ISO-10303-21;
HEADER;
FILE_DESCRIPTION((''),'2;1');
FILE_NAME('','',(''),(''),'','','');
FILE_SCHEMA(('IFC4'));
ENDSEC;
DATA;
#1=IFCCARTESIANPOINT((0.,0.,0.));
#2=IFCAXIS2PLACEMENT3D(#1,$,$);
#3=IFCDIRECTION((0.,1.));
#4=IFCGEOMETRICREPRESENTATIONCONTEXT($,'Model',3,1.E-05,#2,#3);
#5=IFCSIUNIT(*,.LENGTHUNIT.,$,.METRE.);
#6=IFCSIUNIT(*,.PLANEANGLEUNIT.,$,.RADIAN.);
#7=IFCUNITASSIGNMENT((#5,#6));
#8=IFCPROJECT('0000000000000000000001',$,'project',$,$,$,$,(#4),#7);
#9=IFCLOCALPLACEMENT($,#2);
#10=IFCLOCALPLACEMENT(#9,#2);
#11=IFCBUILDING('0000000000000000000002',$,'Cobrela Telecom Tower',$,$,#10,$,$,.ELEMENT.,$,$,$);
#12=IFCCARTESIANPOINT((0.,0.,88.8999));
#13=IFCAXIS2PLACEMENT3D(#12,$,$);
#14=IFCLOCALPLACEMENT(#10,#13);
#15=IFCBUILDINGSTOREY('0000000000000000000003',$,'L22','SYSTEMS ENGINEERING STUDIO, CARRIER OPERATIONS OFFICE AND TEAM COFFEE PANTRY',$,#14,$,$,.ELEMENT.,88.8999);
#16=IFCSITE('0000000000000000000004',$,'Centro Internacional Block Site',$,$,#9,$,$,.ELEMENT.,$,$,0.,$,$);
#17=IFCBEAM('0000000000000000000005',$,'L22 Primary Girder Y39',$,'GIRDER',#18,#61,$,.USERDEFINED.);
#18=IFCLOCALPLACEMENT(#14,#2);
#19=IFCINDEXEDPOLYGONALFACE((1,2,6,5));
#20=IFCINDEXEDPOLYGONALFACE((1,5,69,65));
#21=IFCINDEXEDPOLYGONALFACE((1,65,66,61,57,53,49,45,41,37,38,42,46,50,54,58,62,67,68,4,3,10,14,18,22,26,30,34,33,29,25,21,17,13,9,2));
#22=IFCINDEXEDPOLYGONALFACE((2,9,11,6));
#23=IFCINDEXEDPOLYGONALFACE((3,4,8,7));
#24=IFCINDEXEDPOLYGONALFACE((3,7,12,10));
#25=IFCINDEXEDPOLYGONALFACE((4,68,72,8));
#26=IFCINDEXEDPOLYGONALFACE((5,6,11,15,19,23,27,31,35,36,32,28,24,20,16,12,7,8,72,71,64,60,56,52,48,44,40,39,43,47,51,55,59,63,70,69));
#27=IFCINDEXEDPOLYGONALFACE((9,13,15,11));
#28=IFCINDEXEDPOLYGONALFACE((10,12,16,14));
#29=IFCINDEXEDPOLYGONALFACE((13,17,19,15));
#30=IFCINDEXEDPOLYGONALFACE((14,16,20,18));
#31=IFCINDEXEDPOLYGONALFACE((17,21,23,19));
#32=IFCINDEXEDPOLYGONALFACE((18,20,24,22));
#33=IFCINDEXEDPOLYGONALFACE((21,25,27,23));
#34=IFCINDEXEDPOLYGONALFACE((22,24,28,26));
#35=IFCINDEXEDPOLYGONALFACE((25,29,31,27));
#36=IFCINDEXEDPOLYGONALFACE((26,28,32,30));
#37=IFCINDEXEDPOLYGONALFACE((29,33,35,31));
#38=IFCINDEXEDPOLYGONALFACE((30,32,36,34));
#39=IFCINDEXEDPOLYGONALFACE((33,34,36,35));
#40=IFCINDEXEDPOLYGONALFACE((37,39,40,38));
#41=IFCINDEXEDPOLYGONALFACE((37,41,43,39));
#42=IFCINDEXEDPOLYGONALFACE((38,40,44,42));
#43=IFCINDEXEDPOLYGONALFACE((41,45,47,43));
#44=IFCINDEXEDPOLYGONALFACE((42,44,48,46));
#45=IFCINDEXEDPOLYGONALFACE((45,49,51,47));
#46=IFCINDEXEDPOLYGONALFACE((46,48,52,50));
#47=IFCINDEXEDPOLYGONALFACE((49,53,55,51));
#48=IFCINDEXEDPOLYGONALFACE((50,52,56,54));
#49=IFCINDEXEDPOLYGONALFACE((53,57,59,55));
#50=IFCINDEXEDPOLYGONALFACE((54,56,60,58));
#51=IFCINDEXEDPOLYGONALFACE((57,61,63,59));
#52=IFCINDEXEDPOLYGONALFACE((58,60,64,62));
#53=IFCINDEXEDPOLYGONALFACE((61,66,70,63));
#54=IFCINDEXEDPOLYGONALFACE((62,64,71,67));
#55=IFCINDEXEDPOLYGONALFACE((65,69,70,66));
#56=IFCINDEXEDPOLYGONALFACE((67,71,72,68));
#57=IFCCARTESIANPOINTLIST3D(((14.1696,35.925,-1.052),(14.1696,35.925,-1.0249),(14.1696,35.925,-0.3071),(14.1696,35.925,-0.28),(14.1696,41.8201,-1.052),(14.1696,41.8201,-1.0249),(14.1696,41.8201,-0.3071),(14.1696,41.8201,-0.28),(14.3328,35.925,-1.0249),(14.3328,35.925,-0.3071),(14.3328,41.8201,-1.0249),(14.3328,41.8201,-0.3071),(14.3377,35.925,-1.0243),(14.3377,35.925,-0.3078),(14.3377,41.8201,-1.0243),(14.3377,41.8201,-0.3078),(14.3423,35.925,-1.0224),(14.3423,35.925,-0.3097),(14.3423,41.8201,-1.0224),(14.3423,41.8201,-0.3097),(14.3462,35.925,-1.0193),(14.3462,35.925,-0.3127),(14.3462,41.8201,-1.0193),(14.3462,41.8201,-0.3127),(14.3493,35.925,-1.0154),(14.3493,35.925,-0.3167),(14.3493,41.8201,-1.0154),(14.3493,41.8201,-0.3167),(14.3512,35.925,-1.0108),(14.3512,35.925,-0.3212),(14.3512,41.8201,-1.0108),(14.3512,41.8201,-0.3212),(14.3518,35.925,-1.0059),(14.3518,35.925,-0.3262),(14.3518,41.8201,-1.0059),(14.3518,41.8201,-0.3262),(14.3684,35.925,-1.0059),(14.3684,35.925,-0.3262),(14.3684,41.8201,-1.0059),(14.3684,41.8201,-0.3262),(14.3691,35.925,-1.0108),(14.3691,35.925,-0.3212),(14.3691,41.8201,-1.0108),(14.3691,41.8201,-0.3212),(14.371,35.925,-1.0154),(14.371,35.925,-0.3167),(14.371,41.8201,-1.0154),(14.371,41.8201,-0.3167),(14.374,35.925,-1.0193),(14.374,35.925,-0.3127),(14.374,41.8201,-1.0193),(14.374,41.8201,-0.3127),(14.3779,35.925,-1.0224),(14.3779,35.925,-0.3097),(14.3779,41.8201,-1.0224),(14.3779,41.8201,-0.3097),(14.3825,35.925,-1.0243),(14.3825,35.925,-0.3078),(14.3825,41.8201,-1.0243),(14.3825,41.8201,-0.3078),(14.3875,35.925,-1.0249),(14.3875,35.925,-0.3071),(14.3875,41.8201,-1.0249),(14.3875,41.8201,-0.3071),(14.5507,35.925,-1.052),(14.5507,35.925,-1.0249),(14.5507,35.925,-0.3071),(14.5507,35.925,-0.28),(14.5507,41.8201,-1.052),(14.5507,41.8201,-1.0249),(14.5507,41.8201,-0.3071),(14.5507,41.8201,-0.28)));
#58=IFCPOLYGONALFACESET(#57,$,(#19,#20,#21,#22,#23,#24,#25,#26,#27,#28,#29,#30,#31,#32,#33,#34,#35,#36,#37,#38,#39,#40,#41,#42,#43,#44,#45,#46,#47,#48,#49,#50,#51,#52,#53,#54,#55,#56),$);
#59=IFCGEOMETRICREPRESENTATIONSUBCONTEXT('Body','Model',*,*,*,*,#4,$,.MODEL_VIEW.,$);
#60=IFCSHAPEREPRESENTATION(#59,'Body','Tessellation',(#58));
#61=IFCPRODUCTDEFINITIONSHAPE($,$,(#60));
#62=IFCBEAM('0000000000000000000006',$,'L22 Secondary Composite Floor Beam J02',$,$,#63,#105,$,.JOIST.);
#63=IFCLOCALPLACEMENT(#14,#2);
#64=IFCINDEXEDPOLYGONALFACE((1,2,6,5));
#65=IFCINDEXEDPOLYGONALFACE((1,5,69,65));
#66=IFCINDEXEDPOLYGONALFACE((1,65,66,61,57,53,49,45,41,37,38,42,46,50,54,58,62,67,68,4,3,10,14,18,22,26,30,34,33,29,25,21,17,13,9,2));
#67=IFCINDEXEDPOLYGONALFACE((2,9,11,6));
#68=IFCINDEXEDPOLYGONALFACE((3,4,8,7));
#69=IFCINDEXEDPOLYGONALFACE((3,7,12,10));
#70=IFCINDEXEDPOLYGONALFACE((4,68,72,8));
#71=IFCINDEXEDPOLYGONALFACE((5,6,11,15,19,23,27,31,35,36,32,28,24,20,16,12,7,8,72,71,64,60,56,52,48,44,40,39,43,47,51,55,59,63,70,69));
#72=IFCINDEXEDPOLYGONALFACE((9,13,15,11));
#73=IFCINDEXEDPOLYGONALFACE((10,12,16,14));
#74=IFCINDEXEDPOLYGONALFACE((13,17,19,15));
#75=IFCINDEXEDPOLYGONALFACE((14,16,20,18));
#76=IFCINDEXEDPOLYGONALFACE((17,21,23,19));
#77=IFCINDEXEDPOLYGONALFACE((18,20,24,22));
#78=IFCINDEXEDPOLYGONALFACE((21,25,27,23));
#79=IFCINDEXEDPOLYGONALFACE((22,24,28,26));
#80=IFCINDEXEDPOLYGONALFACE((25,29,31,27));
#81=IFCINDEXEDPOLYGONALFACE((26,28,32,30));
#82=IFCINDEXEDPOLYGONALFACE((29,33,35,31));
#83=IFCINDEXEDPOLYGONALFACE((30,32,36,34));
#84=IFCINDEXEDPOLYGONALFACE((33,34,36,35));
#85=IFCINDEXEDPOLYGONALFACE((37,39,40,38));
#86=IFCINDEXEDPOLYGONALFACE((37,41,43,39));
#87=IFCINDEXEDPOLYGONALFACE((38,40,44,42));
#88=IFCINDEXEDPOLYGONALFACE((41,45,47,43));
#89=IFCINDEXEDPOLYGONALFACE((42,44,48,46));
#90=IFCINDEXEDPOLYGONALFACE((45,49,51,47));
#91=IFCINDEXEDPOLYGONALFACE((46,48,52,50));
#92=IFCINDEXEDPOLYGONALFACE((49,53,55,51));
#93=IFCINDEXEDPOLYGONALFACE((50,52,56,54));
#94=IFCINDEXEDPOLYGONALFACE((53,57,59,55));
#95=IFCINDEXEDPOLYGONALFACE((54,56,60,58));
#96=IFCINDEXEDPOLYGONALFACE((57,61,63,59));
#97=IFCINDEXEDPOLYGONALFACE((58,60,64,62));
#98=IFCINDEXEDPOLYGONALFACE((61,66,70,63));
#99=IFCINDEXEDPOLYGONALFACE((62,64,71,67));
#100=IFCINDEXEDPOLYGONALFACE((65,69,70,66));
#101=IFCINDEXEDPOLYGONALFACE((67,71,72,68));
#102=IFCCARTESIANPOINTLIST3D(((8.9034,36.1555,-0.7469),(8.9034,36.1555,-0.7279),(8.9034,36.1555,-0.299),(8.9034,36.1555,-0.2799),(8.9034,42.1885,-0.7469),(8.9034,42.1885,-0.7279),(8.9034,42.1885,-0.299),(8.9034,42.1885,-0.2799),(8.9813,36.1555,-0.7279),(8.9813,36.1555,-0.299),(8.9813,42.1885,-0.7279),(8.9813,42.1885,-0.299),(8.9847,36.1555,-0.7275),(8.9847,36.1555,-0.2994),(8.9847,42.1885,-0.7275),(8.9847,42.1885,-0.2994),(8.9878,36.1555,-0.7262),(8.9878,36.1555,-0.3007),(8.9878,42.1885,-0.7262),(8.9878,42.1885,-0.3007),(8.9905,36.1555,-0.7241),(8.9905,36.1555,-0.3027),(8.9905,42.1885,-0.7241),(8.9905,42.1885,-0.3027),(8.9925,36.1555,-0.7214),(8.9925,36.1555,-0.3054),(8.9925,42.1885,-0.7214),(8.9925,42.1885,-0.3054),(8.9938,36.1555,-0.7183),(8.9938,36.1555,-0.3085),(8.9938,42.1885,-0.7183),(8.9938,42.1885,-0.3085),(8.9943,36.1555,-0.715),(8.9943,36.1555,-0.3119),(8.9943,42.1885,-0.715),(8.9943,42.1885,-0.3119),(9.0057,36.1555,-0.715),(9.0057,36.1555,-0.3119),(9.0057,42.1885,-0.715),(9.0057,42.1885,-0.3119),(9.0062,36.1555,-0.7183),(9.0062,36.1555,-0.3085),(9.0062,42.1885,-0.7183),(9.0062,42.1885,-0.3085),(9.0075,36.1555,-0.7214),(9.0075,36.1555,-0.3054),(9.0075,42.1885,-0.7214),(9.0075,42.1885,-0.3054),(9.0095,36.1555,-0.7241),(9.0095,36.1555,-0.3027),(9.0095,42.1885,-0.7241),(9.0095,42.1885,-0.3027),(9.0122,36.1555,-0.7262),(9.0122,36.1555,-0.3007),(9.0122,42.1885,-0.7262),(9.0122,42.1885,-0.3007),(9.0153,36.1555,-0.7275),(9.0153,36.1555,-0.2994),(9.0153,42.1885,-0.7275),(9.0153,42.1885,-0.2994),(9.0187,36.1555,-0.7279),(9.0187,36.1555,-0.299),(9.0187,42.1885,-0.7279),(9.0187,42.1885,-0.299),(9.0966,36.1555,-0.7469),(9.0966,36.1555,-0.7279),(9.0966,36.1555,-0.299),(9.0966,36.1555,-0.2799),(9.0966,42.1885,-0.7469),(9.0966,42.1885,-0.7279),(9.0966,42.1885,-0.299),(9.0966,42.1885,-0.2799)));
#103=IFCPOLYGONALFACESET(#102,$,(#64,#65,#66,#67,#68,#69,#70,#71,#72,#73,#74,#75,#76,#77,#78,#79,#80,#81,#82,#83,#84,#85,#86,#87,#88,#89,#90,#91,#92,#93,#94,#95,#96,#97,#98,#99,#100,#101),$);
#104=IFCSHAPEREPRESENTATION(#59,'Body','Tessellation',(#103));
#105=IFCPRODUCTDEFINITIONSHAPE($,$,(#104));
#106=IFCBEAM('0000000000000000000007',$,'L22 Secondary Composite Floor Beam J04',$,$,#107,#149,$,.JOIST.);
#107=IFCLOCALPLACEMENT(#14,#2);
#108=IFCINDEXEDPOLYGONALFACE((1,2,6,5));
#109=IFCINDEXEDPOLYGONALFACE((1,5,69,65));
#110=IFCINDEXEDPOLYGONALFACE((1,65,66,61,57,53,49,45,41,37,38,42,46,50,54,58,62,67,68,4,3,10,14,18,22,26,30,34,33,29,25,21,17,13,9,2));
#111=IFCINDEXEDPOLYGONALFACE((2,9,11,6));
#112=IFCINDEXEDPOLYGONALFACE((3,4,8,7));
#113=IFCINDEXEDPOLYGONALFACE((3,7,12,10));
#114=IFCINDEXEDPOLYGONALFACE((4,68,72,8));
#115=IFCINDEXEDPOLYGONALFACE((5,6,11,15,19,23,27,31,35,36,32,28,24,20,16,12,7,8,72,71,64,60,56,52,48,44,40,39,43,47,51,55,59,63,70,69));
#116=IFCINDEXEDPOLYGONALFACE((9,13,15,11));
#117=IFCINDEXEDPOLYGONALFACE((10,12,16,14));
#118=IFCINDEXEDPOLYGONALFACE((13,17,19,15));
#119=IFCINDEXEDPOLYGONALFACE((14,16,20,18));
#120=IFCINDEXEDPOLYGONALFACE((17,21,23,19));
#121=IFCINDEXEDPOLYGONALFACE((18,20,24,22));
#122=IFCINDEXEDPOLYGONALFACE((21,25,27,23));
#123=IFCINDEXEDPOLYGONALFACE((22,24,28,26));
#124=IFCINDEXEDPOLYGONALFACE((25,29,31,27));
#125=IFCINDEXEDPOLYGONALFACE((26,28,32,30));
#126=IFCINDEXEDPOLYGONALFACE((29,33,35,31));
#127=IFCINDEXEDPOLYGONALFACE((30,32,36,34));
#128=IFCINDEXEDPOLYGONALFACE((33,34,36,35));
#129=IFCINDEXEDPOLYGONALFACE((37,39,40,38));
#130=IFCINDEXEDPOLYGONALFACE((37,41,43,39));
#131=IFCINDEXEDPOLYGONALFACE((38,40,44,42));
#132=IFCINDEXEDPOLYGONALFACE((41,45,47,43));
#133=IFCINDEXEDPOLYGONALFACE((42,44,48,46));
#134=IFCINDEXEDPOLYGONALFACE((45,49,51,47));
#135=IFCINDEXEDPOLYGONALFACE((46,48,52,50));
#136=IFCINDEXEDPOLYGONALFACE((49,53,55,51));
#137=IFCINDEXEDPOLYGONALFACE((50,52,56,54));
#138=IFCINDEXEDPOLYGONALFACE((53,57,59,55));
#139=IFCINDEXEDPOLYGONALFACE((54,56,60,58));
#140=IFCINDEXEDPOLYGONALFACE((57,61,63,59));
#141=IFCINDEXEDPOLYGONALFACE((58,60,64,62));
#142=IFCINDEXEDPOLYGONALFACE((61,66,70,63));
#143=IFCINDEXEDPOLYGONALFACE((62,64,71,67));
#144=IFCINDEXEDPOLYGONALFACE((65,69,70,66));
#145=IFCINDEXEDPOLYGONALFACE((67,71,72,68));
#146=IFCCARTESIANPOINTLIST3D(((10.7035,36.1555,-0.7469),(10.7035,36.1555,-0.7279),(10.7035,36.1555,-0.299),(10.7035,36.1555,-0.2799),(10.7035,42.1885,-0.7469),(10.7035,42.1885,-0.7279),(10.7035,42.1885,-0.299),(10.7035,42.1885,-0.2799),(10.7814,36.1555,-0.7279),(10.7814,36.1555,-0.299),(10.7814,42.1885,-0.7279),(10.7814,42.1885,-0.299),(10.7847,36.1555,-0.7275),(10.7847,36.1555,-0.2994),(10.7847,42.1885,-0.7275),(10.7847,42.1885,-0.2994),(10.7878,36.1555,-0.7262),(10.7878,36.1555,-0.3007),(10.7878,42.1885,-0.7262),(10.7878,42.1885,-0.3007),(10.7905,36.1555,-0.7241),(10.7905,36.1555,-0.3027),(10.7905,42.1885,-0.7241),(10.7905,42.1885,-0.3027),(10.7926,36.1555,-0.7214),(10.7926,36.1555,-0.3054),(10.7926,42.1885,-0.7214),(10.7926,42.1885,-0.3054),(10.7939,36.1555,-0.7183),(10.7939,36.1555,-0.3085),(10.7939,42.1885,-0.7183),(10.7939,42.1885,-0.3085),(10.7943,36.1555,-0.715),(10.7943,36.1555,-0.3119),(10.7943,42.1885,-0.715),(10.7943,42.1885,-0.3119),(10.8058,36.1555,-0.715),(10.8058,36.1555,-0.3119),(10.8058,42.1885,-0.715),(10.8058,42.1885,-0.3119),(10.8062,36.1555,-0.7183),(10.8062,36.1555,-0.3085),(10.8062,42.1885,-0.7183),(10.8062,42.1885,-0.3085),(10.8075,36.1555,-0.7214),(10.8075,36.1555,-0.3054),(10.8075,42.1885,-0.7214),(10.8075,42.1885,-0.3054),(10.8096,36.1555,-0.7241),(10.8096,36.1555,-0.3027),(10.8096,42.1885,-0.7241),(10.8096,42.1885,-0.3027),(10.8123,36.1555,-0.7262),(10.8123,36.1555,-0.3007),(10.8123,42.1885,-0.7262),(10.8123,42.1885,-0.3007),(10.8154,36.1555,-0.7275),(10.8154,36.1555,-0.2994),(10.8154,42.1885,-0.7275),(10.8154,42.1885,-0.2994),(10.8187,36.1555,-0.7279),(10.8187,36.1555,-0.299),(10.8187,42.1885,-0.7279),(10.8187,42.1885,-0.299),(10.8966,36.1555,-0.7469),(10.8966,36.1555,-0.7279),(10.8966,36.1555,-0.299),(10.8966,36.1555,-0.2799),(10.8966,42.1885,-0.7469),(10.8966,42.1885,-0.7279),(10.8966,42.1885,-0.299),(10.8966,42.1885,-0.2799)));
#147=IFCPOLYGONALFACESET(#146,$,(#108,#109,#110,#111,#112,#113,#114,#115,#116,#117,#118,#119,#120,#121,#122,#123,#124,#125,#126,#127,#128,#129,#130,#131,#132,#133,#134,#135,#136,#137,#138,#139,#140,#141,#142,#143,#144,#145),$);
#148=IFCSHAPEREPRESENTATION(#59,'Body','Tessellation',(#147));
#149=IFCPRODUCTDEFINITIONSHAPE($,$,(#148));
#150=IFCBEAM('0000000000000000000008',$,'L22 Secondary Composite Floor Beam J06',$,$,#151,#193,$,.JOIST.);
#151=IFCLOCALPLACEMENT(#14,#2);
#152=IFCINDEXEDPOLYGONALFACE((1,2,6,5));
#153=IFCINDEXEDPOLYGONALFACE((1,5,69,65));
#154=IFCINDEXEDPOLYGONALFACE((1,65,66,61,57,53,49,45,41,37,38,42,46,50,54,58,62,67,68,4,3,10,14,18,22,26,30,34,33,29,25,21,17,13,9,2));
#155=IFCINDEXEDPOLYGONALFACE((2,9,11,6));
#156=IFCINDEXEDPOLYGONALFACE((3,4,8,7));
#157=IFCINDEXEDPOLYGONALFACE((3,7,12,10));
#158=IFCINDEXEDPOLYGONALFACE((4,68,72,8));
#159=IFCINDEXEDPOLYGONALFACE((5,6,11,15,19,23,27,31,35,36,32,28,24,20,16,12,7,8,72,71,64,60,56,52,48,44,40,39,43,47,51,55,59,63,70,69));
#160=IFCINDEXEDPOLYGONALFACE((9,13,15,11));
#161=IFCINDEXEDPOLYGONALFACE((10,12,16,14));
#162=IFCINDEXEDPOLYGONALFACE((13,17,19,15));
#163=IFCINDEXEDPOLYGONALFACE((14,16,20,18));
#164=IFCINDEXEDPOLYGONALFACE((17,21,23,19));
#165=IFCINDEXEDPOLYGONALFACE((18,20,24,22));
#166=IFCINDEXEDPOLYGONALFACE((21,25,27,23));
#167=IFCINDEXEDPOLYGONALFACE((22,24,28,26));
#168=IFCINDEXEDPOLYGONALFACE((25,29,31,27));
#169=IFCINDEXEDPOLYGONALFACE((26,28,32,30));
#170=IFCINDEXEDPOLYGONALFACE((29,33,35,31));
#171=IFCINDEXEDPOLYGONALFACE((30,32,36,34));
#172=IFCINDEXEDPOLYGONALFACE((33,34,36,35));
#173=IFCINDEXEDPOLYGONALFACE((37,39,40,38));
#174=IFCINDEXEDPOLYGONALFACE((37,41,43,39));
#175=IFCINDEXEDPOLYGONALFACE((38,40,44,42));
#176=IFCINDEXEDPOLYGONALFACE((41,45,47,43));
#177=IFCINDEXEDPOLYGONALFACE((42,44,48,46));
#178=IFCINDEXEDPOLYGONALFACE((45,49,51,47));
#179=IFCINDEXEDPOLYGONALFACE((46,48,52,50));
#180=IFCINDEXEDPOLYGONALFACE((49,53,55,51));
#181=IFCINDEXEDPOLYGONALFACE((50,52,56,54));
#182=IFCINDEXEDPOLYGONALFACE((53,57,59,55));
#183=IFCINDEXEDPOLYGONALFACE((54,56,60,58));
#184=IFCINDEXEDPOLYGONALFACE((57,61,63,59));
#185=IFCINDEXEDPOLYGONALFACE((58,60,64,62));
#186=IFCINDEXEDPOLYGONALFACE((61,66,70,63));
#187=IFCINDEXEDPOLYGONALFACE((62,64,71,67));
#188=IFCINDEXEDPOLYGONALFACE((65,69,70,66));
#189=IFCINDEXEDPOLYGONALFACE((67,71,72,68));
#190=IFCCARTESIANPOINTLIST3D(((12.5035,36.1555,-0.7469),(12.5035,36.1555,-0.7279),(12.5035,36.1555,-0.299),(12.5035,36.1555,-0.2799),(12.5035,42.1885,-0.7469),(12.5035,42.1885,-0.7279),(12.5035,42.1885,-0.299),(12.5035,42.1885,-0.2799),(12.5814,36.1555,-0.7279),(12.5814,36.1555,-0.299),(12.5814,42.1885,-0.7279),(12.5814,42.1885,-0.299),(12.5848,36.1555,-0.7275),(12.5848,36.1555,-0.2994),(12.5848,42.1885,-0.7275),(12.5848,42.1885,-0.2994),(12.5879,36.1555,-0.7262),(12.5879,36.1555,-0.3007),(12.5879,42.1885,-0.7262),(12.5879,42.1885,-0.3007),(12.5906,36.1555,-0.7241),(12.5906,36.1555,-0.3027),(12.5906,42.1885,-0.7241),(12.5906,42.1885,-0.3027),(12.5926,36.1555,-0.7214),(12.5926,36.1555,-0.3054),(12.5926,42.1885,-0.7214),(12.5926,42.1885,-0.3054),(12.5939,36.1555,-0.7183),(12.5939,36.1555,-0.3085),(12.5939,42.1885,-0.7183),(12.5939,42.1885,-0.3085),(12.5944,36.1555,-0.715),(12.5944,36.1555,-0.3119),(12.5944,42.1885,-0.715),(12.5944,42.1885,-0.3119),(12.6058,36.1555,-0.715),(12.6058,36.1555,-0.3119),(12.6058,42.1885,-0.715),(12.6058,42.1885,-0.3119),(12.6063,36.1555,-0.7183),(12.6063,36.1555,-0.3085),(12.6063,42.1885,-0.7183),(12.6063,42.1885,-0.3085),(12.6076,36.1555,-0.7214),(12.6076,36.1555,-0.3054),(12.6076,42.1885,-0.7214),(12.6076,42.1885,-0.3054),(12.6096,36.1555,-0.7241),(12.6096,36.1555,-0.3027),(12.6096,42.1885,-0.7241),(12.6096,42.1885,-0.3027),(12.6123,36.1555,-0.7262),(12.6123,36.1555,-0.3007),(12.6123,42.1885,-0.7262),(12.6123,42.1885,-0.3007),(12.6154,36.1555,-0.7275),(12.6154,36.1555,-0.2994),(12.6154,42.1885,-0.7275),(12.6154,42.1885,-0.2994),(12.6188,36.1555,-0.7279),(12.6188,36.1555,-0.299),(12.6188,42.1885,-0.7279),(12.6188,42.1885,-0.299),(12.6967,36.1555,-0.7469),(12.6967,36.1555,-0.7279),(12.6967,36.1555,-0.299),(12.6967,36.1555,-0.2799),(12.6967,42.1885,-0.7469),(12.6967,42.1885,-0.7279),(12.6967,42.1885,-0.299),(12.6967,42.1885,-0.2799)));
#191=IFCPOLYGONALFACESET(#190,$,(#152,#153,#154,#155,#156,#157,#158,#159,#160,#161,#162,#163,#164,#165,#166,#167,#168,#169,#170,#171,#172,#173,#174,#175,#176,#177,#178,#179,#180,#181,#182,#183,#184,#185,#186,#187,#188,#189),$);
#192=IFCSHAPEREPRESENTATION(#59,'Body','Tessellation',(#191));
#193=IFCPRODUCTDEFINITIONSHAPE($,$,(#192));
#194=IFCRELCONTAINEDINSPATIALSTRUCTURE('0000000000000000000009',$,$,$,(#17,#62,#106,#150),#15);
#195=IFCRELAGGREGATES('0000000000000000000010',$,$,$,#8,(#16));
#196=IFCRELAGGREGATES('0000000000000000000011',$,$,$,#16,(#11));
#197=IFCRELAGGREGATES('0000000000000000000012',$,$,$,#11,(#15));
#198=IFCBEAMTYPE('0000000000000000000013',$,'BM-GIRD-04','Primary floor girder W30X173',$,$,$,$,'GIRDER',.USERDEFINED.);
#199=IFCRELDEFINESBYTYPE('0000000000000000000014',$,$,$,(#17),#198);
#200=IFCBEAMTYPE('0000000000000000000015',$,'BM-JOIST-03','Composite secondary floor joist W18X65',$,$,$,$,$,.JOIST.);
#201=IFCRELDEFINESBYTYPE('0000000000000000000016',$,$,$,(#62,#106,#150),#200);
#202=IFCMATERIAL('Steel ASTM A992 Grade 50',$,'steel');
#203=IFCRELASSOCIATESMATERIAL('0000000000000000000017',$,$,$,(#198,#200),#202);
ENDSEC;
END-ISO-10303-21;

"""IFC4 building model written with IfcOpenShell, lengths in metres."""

from ifc_helpers import new_model, si_unit, direction, frame, origin, origin_2d, place, context, subcontext, project, spatial, i_section, extrude, material, material_profile, profile_set, type_object, element, save


model = new_model("IFC4")

# Units and contexts
model_context = context("Model", 3, precision=1e-05, world=origin(), true_north=direction((0.0, 1.0)))
body_context = subcontext(model_context, "Body", "Model", "MODEL_VIEW")
ifc_project = project(units=[si_unit("LENGTHUNIT", "METRE"), si_unit("PLANEANGLEUNIT", "RADIAN")], contexts=[model_context])

# Site, building, storey
site_placement = place(None, origin())
site = spatial("IfcSite", under=ifc_project, at=site_placement, Name="Centro Internacional Block Site", CompositionType="ELEMENT", RefElevation=0.0)
building_placement = place(site_placement, origin())
building = spatial("IfcBuilding", under=site, at=building_placement, Name="Cobrela Telecom Tower", CompositionType="ELEMENT")
storey_placement = place(building_placement, frame((0.0, 0.0, 88.8999)))
storey = spatial("IfcBuildingStorey", under=building, at=storey_placement, Name="L22", Description="SYSTEMS ENGINEERING STUDIO, CARRIER OPERATIONS OFFICE AND TEAM COFFEE PANTRY", CompositionType="ELEMENT", Elevation=88.8999)

# Beams
ifc_material_1 = material(Name="Steel ASTM A992 Grade 50", Category="steel")
ifc_material_profile_1 = material_profile(ifc_material_1, i_section(OverallWidth=0.3811, OverallDepth=0.772, WebThickness=0.0166, FlangeThickness=0.0271, FilletRadius=0.019, at=origin_2d()), Name="W30X173")
ifc_profile_set_1 = profile_set([ifc_material_profile_1], Name="Steel ASTM A992 Grade 50")
beam_type_1 = type_object("IfcBeamType", Name="BM-GIRD-04", Description="Primary floor girder W30X173", ElementType="GIRDER", PredefinedType="USERDEFINED", material=ifc_profile_set_1)
for number, where, z_axis, x_axis, name in (
    (1, (14.3601, 35.925, -0.666), (0.0, 1.0, 0.0), (-1.0, 0.0, 0.0), "L22 Primary Girder Y39"),
):
    element("IfcBeam", number, at=place(storey_placement, frame(where, z_axis=z_axis, x_axis=x_axis)), inside=storey, type_object=beam_type_1, Name=name, ObjectType="GIRDER", PredefinedType="USERDEFINED", context=body_context, shape_type="SweptSolid", body=[
        extrude(i_section(OverallWidth=0.3811, OverallDepth=0.772, WebThickness=0.0166, FlangeThickness=0.0271, FilletRadius=0.019, at=origin_2d()), origin(), (0.0, 0.0, 1.0), 5.895),
    ])
ifc_material_profile_2 = material_profile(ifc_material_1, i_section(OverallWidth=0.1931, OverallDepth=0.467, WebThickness=0.0115, FlangeThickness=0.019, FilletRadius=0.0129, at=origin_2d()), Name="W18X65")
ifc_profile_set_2 = profile_set([ifc_material_profile_2], Name="Steel ASTM A992 Grade 50")
beam_type_2 = type_object("IfcBeamType", Name="BM-JOIST-03", Description="Composite secondary floor joist W18X65", PredefinedType="JOIST", material=ifc_profile_set_2)
for number, where, z_axis, x_axis, name in (
    (2, (9.0, 36.1555, -0.5134), (0.0, 1.0, 0.0), (-1.0, 0.0, 0.0), "L22 Secondary Composite Floor Beam J02"),
    (3, (10.8, 36.1555, -0.5134), (0.0, 1.0, 0.0), (-1.0, 0.0, 0.0), "L22 Secondary Composite Floor Beam J04"),
    (4, (12.6001, 36.1555, -0.5134), (0.0, 1.0, 0.0), (-1.0, 0.0, 0.0), "L22 Secondary Composite Floor Beam J06"),
):
    element("IfcBeam", number, at=place(storey_placement, frame(where, z_axis=z_axis, x_axis=x_axis)), inside=storey, type_object=beam_type_2, Name=name, PredefinedType="JOIST", context=body_context, shape_type="SweptSolid", body=[
        extrude(i_section(OverallWidth=0.1931, OverallDepth=0.467, WebThickness=0.0115, FlangeThickness=0.019, FilletRadius=0.0129, at=origin_2d()), origin(), (0.0, 0.0, 1.0), 6.033),
    ])

save(model, "model.ifc")
